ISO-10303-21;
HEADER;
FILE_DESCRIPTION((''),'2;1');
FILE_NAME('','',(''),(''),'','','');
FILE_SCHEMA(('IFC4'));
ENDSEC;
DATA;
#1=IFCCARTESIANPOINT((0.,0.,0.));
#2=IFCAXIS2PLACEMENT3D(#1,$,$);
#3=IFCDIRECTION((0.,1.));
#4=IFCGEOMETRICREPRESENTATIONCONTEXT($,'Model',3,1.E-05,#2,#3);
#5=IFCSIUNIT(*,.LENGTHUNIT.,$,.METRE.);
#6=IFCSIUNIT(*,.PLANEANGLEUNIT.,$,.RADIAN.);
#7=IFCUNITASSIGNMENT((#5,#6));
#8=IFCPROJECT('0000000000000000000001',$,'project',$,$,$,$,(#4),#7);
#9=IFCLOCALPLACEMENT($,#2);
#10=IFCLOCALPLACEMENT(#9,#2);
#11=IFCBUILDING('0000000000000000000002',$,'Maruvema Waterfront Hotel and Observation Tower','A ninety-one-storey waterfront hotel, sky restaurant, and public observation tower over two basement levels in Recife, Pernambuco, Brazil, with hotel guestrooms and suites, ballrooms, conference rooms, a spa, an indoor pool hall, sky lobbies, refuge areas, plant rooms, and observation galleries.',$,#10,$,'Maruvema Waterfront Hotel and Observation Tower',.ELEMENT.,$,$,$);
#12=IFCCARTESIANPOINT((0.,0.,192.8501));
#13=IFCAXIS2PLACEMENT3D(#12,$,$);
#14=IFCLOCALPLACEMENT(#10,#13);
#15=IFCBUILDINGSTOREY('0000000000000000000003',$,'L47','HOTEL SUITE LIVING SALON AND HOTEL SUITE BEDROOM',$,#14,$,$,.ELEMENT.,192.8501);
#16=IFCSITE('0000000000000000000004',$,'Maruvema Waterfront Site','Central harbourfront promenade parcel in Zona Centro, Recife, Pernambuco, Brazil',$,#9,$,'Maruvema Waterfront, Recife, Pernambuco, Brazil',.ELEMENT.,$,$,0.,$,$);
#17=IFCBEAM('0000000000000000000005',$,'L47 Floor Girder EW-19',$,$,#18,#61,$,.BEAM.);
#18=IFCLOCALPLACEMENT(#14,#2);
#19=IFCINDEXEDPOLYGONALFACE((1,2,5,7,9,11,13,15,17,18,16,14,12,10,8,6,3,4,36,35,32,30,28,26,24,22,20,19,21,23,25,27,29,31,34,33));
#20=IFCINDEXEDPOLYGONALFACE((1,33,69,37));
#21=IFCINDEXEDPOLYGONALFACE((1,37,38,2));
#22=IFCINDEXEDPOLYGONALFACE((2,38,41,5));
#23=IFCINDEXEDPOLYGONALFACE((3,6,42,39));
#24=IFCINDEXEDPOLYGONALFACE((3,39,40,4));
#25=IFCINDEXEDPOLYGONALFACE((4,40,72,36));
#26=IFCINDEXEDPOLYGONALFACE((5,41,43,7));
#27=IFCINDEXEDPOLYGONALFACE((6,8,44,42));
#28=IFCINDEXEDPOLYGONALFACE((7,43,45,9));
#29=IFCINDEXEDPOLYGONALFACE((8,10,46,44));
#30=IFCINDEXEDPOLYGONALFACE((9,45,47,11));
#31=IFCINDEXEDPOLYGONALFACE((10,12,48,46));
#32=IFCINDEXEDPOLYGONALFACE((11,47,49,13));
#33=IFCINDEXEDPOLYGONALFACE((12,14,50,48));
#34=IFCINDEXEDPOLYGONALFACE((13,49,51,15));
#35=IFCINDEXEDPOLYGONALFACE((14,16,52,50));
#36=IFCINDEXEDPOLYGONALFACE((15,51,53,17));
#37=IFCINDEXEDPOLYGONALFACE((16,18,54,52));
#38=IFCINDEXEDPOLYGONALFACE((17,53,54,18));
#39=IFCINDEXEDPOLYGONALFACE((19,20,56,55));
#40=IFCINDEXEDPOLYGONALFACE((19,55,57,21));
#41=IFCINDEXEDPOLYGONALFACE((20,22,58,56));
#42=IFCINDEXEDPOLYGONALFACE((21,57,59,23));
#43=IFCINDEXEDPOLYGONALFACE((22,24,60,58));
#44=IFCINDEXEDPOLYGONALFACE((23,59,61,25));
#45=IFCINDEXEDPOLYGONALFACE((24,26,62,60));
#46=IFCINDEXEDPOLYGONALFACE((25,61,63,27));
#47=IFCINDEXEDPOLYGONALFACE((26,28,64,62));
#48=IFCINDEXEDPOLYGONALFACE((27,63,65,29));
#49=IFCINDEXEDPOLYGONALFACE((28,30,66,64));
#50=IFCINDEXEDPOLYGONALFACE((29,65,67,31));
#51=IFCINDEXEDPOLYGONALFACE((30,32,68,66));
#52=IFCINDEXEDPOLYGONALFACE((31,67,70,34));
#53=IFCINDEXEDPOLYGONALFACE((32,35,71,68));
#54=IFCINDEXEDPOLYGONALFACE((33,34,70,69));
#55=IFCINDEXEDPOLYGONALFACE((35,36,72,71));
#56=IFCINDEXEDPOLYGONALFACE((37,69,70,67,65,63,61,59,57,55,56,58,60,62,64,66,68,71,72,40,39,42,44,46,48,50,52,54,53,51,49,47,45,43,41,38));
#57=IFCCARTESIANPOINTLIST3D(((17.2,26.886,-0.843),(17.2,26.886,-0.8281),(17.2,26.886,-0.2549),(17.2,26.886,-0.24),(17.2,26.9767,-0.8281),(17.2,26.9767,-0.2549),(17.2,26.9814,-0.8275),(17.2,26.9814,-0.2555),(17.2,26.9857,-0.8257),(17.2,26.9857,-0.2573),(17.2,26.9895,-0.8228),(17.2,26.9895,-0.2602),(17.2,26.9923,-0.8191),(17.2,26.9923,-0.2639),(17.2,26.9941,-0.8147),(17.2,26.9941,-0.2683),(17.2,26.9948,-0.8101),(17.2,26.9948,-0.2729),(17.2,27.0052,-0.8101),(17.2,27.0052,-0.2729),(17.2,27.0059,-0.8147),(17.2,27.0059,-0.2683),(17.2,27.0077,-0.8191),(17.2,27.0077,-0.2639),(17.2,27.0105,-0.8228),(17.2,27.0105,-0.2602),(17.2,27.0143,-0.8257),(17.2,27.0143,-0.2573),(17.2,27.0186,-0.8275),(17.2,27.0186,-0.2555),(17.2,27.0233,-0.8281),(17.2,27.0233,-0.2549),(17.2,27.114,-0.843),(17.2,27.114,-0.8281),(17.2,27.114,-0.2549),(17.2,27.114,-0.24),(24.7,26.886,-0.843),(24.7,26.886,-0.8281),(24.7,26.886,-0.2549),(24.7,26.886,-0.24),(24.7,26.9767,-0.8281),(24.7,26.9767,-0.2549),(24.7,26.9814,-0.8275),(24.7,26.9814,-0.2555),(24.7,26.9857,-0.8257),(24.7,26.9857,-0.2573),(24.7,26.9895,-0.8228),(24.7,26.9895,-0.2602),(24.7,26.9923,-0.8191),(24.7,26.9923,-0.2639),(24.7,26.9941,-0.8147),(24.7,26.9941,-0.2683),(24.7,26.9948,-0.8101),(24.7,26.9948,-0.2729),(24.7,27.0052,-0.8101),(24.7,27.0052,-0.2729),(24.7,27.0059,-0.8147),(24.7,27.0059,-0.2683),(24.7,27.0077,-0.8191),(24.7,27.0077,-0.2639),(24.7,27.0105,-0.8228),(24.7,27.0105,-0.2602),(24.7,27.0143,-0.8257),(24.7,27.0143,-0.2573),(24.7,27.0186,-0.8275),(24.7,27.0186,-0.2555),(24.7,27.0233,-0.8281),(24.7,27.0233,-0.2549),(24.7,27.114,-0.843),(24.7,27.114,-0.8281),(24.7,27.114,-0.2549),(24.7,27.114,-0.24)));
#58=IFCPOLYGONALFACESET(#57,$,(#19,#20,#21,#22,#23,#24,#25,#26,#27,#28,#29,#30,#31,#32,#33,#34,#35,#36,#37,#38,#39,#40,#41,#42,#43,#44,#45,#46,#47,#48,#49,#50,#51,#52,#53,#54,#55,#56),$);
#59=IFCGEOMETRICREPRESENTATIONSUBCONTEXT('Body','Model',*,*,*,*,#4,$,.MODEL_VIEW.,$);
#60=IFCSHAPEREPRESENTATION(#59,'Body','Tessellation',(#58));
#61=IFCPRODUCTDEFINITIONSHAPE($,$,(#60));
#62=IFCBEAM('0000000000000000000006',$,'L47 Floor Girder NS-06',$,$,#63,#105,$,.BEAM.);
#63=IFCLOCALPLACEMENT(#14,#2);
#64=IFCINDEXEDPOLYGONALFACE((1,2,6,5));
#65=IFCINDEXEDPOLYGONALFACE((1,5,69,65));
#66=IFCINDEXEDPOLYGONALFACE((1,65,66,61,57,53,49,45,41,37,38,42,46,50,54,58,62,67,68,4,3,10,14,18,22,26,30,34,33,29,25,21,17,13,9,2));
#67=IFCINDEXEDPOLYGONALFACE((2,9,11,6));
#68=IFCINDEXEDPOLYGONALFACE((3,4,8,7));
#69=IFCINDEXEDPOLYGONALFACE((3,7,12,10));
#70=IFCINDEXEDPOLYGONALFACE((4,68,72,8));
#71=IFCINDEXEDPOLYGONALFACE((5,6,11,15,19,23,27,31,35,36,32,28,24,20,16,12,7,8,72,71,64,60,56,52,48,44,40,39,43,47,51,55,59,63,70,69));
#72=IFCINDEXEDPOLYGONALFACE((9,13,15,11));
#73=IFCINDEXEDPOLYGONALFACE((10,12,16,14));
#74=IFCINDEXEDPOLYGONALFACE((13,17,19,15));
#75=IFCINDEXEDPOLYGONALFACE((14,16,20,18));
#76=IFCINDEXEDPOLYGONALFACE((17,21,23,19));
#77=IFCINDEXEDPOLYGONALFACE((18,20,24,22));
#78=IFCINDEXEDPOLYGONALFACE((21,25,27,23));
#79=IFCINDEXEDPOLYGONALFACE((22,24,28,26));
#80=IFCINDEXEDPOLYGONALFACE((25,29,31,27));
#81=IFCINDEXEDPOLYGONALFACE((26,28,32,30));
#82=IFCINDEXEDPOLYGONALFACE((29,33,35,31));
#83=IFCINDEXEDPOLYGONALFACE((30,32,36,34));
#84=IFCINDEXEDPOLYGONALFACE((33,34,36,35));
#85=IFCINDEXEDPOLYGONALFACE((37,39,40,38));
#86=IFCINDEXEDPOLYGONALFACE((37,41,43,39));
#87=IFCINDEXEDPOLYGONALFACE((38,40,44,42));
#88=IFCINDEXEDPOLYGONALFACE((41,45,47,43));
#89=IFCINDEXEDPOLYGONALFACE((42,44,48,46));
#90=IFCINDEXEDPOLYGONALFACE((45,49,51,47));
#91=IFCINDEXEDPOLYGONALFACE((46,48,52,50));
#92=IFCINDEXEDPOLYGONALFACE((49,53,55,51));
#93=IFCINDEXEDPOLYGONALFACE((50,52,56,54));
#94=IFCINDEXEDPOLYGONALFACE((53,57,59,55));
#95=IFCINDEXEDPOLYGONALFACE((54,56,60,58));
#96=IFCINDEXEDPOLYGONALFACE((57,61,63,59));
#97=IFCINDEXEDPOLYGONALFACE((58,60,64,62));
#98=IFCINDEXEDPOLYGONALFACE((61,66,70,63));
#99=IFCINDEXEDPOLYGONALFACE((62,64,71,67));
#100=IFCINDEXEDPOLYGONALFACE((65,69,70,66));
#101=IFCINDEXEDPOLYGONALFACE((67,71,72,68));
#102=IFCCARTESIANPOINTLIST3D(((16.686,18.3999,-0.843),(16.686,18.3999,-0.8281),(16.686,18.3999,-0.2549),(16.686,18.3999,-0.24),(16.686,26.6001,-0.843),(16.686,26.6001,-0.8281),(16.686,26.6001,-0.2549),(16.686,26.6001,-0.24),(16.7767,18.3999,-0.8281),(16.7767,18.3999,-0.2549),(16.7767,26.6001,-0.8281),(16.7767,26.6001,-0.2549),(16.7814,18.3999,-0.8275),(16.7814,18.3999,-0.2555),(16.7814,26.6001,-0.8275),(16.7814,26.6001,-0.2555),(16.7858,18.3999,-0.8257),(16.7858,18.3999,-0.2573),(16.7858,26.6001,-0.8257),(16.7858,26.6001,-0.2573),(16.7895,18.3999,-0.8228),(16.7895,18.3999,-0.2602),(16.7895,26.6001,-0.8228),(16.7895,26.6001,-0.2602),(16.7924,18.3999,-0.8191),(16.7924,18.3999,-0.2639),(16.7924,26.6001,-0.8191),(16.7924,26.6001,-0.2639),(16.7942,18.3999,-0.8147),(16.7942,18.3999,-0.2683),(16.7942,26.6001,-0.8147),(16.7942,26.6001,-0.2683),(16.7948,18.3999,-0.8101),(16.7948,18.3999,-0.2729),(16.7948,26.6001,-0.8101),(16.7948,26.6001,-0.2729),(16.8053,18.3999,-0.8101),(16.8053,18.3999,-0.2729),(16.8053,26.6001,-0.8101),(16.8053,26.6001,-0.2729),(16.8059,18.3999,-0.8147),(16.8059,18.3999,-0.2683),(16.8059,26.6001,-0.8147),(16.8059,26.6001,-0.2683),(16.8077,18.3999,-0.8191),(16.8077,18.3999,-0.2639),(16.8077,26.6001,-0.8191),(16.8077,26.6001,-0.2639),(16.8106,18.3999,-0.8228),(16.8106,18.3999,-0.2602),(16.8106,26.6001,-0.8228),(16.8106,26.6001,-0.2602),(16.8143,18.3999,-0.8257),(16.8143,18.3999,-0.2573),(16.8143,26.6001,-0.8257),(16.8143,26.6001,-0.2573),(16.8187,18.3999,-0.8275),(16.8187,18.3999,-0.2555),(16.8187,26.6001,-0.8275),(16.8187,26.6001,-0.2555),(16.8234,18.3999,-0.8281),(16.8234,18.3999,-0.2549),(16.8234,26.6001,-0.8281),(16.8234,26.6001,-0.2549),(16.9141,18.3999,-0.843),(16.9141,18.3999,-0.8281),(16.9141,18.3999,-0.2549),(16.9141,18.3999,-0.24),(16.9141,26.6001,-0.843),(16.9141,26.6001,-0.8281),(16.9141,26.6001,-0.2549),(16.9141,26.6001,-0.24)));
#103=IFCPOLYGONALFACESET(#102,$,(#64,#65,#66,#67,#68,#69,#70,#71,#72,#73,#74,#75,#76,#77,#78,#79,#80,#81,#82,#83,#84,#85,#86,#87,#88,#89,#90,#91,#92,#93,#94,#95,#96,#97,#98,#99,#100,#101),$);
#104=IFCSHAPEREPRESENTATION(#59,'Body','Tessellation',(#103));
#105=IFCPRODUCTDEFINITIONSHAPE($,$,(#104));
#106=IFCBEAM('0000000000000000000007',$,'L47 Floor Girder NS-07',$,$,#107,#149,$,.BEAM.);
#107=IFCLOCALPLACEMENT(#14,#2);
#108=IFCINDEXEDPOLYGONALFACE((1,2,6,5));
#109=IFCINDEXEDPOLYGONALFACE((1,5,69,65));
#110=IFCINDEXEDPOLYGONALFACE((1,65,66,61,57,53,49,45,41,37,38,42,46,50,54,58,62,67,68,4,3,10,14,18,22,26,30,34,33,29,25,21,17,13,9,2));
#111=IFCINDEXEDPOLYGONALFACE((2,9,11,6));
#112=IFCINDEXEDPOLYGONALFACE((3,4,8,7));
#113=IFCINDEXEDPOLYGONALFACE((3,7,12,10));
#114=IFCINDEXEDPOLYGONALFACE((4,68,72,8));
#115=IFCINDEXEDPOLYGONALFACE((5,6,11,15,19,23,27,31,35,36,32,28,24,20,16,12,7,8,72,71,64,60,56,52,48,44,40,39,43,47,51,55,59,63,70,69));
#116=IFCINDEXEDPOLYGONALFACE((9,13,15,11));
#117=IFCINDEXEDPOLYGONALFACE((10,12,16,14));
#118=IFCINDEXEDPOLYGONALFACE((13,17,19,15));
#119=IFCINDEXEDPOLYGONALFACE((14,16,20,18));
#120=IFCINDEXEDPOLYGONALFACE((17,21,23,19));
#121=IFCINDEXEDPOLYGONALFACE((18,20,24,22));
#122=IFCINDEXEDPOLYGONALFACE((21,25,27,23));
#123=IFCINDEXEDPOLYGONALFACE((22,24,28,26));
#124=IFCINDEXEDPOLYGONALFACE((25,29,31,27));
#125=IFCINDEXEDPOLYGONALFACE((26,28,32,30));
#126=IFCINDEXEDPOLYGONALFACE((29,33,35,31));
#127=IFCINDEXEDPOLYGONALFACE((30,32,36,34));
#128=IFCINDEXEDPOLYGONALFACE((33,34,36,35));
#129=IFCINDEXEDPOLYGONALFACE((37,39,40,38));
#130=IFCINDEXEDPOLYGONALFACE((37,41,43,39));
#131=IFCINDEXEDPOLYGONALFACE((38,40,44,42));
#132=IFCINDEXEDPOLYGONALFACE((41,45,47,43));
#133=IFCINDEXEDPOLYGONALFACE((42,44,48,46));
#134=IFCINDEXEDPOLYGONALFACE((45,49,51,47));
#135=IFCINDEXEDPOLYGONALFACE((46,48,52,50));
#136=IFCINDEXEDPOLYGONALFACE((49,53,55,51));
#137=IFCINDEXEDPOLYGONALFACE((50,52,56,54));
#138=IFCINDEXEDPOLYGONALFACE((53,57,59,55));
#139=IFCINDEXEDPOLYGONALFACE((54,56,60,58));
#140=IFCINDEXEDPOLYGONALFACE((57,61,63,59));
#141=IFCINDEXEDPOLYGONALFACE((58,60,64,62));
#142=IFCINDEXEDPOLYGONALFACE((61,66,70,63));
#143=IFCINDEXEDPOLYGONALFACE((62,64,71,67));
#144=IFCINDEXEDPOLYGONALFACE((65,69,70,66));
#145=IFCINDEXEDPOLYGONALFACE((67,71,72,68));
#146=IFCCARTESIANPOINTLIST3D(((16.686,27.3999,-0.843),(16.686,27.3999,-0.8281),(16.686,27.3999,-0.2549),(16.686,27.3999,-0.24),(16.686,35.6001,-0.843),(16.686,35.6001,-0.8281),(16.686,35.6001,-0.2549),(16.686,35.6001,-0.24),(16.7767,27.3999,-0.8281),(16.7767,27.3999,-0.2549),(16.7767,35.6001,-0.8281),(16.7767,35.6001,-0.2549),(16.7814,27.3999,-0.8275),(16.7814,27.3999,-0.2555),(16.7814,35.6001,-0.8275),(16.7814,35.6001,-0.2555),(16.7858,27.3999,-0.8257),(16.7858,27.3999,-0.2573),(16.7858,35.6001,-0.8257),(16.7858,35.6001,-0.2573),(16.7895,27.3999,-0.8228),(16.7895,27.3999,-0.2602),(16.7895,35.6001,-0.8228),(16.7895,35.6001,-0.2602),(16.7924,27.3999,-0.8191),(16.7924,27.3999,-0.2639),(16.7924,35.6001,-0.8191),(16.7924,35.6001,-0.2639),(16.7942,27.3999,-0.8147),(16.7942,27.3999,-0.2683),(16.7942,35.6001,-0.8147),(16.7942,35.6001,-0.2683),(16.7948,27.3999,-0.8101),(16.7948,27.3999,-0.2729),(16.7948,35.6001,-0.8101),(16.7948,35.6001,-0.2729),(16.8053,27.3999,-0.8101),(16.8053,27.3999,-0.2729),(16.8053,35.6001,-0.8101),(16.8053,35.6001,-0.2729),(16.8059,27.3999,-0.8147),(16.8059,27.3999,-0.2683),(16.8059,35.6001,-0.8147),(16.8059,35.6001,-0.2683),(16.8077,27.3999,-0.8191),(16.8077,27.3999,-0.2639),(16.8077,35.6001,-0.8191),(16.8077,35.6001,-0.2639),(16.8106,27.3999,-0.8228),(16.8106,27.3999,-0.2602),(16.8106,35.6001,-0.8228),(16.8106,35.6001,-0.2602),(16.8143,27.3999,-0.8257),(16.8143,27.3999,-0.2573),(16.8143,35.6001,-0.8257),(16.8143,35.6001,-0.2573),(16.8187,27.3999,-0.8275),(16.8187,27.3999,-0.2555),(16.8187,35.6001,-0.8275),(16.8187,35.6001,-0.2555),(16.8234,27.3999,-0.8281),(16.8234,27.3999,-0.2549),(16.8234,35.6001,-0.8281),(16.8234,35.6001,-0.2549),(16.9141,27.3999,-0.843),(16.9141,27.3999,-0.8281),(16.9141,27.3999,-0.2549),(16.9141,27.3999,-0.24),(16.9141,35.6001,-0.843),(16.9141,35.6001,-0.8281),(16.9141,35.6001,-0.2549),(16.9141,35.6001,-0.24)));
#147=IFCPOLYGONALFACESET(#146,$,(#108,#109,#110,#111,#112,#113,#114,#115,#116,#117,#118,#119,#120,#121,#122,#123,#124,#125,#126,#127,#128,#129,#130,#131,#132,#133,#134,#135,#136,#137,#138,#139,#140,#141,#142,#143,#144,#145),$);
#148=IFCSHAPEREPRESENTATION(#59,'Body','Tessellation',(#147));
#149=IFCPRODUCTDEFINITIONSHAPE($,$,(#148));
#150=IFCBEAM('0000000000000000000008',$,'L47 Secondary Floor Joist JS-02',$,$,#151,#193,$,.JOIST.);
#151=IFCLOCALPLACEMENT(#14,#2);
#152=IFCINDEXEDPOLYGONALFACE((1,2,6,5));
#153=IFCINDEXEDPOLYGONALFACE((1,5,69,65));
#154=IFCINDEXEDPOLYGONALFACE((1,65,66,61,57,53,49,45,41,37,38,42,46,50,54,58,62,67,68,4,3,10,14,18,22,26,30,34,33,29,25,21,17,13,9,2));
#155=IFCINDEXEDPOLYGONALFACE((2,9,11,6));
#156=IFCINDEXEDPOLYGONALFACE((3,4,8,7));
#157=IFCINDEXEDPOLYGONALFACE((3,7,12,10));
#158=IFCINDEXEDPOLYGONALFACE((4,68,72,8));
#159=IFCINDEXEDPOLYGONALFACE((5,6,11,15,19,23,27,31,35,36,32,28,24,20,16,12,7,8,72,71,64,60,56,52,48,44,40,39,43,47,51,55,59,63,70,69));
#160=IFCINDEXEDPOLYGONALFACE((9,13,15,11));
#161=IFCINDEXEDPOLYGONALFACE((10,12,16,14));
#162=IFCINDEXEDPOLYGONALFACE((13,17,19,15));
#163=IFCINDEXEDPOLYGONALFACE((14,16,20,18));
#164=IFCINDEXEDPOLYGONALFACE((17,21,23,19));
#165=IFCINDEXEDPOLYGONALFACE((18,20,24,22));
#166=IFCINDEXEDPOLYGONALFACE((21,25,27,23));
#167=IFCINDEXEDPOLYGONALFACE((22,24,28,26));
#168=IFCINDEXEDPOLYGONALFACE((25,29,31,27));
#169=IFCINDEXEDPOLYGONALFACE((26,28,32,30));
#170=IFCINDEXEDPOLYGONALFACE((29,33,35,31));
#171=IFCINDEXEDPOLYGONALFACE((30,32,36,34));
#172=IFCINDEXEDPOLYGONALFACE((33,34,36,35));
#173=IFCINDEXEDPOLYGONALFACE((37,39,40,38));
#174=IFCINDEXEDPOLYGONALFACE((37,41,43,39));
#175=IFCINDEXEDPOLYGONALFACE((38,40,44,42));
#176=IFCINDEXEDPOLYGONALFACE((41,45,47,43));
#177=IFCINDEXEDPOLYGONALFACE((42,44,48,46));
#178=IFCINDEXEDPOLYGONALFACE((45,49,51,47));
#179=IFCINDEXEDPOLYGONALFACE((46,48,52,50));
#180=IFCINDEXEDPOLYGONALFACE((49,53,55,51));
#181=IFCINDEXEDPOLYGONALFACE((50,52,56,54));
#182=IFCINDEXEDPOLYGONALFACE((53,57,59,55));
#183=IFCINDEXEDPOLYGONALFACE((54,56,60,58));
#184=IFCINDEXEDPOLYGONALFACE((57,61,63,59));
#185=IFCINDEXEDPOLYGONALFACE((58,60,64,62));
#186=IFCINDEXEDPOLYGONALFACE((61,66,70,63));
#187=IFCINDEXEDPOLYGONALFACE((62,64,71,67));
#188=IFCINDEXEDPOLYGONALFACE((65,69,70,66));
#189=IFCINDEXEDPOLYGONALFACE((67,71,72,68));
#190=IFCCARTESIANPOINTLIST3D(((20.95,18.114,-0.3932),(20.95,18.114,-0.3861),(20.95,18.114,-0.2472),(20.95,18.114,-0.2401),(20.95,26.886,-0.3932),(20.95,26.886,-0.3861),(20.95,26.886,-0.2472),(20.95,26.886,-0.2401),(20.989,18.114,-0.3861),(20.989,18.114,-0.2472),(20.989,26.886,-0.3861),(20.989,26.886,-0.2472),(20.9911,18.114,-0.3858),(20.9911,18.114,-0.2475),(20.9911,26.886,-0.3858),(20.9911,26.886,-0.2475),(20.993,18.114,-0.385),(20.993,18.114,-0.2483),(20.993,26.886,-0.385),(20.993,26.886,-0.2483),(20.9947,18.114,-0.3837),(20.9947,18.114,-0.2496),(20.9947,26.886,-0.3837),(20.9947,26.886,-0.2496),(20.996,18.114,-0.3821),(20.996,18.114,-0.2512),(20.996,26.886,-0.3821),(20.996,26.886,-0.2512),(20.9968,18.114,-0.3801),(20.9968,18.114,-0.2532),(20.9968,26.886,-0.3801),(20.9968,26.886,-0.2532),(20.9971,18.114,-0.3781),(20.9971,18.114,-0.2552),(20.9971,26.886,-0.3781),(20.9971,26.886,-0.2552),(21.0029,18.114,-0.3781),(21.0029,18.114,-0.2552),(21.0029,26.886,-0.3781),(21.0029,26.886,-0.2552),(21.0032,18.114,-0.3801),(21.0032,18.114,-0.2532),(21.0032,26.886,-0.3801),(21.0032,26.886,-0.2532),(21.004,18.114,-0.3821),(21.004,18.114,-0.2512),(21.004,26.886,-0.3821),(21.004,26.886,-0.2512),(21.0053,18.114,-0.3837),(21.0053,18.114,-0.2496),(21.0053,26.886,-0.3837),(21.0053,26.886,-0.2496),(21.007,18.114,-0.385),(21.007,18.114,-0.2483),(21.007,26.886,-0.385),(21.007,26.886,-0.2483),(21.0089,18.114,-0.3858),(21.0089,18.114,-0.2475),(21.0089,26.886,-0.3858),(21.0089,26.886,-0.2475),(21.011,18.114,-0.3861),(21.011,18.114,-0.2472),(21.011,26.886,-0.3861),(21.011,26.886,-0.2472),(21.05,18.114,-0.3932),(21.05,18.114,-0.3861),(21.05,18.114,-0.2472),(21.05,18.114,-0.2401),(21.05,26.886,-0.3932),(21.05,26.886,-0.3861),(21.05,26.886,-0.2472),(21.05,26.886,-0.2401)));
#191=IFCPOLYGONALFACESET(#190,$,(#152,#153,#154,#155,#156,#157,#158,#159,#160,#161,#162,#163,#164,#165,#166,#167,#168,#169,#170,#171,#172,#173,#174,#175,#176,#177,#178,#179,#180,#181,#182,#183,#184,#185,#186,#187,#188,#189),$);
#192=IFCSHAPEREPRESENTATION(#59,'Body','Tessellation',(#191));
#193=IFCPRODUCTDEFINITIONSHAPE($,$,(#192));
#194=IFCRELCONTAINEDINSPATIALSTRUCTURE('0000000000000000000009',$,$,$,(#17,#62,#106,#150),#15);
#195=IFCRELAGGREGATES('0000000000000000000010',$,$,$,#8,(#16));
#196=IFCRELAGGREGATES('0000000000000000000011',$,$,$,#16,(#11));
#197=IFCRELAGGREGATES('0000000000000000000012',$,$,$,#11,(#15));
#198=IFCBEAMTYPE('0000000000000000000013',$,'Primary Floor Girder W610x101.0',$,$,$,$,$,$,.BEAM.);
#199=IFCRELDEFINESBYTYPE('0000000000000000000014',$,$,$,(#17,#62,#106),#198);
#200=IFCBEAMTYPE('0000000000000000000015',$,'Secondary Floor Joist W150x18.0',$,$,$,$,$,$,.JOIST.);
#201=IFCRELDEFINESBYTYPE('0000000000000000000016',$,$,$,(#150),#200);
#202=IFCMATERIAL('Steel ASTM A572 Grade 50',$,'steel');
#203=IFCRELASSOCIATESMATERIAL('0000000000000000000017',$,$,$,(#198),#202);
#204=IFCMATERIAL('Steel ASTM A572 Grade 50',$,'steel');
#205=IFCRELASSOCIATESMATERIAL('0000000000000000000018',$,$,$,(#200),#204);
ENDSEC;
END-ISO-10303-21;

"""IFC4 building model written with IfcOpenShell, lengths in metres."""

from ifc_helpers import new_model, si_unit, direction, frame, origin, origin_2d, place, context, subcontext, project, spatial, i_section, extrude, material, material_profile, profile_set, type_object, element, save


model = new_model("IFC4")

# Units and contexts
model_context = context("Model", 3, precision=1e-05, world=origin(), true_north=direction((0.0, 1.0)))
body_context = subcontext(model_context, "Body", "Model", "MODEL_VIEW")
ifc_project = project(units=[si_unit("LENGTHUNIT", "METRE"), si_unit("PLANEANGLEUNIT", "RADIAN")], contexts=[model_context])

# Site, building, storey
site_placement = place(None, origin())
site = spatial("IfcSite", under=ifc_project, at=site_placement, Name="Maruvema Waterfront Site", Description="Central harbourfront promenade parcel in Zona Centro, Recife, Pernambuco, Brazil", LongName="Maruvema Waterfront, Recife, Pernambuco, Brazil", CompositionType="ELEMENT", RefElevation=0.0)
building_placement = place(site_placement, origin())
building = spatial("IfcBuilding", under=site, at=building_placement, Name="Maruvema Waterfront Hotel and Observation Tower", Description="A ninety-one-storey waterfront hotel, sky restaurant, and public observation tower over two basement levels in Recife, Pernambuco, Brazil, with hotel guestrooms and suites, ballrooms, conference rooms, a spa, an indoor pool hall, sky lobbies, refuge areas, plant rooms, and observation galleries.", LongName="Maruvema Waterfront Hotel and Observation Tower", CompositionType="ELEMENT")
storey_placement = place(building_placement, frame((0.0, 0.0, 192.8501)))
storey = spatial("IfcBuildingStorey", under=building, at=storey_placement, Name="L47", Description="HOTEL SUITE LIVING SALON AND HOTEL SUITE BEDROOM", CompositionType="ELEMENT", Elevation=192.8501)

# Beams
ifc_material_1 = material(Name="Steel ASTM A572 Grade 50", Category="steel")
ifc_material_profile_1 = material_profile(ifc_material_1, i_section(OverallWidth=0.228, OverallDepth=0.603, WebThickness=0.0105, FlangeThickness=0.0149, FilletRadius=0.0181, at=origin_2d()), Name="W610x101.0")
ifc_profile_set_1 = profile_set([ifc_material_profile_1], Name="Steel ASTM A572 Grade 50")
beam_type_1 = type_object("IfcBeamType", Name="Primary Floor Girder W610x101.0", PredefinedType="BEAM", material=ifc_profile_set_1)
beam_1_placement = place(storey_placement, frame((17.2, 27.0, -0.5415), z_axis=(1.0, 0.0, 0.0), x_axis=(0.0, 1.0, 0.0)))
element("IfcBeam", 1, at=beam_1_placement, inside=storey, type_object=beam_type_1, Name="L47 Floor Girder EW-19", PredefinedType="BEAM", context=body_context, shape_type="SweptSolid", body=[
    extrude(i_section(OverallWidth=0.228, OverallDepth=0.603, WebThickness=0.0105, FlangeThickness=0.0149, FilletRadius=0.0181, at=origin_2d()), origin(), (0.0, 0.0, 1.0), 7.5),
])
for number, where, z_axis, x_axis, name in (
    (2, (16.8, 18.3999, -0.5415), (0.0, 1.0, 0.0), (-1.0, 0.0, 0.0), "L47 Floor Girder NS-06"),
    (3, (16.8, 27.3999, -0.5415), (0.0, 1.0, 0.0), (-1.0, 0.0, 0.0), "L47 Floor Girder NS-07"),
):
    element("IfcBeam", number, at=place(storey_placement, frame(where, z_axis=z_axis, x_axis=x_axis)), inside=storey, type_object=beam_type_1, Name=name, PredefinedType="BEAM", context=body_context, shape_type="SweptSolid", body=[
        extrude(i_section(OverallWidth=0.228, OverallDepth=0.603, WebThickness=0.0105, FlangeThickness=0.0149, FilletRadius=0.0181, at=origin_2d()), origin(), (0.0, 0.0, 1.0), 8.2002),
    ])
ifc_material_2 = material(Name="Steel ASTM A572 Grade 50", Category="steel")
ifc_material_profile_2 = material_profile(ifc_material_2, i_section(OverallWidth=0.1001, OverallDepth=0.1531, WebThickness=0.0059, FlangeThickness=0.0071, FilletRadius=0.0081, at=origin_2d()), Name="W150x18.0")
ifc_profile_set_2 = profile_set([ifc_material_profile_2], Name="Steel ASTM A572 Grade 50")
beam_type_2 = type_object("IfcBeamType", Name="Secondary Floor Joist W150x18.0", PredefinedType="JOIST", material=ifc_profile_set_2)
beam_2_placement = place(storey_placement, frame((21.0, 18.114, -0.3167), z_axis=(0.0, 1.0, 0.0), x_axis=(-1.0, 0.0, 0.0)))
element("IfcBeam", 4, at=beam_2_placement, inside=storey, type_object=beam_type_2, Name="L47 Secondary Floor Joist JS-02", PredefinedType="JOIST", context=body_context, shape_type="SweptSolid", body=[
    extrude(i_section(OverallWidth=0.1001, OverallDepth=0.1531, WebThickness=0.0059, FlangeThickness=0.0071, FilletRadius=0.0081, at=origin_2d()), origin(), (0.0, 0.0, 1.0), 8.772),
])

save(model, "model.ifc")
